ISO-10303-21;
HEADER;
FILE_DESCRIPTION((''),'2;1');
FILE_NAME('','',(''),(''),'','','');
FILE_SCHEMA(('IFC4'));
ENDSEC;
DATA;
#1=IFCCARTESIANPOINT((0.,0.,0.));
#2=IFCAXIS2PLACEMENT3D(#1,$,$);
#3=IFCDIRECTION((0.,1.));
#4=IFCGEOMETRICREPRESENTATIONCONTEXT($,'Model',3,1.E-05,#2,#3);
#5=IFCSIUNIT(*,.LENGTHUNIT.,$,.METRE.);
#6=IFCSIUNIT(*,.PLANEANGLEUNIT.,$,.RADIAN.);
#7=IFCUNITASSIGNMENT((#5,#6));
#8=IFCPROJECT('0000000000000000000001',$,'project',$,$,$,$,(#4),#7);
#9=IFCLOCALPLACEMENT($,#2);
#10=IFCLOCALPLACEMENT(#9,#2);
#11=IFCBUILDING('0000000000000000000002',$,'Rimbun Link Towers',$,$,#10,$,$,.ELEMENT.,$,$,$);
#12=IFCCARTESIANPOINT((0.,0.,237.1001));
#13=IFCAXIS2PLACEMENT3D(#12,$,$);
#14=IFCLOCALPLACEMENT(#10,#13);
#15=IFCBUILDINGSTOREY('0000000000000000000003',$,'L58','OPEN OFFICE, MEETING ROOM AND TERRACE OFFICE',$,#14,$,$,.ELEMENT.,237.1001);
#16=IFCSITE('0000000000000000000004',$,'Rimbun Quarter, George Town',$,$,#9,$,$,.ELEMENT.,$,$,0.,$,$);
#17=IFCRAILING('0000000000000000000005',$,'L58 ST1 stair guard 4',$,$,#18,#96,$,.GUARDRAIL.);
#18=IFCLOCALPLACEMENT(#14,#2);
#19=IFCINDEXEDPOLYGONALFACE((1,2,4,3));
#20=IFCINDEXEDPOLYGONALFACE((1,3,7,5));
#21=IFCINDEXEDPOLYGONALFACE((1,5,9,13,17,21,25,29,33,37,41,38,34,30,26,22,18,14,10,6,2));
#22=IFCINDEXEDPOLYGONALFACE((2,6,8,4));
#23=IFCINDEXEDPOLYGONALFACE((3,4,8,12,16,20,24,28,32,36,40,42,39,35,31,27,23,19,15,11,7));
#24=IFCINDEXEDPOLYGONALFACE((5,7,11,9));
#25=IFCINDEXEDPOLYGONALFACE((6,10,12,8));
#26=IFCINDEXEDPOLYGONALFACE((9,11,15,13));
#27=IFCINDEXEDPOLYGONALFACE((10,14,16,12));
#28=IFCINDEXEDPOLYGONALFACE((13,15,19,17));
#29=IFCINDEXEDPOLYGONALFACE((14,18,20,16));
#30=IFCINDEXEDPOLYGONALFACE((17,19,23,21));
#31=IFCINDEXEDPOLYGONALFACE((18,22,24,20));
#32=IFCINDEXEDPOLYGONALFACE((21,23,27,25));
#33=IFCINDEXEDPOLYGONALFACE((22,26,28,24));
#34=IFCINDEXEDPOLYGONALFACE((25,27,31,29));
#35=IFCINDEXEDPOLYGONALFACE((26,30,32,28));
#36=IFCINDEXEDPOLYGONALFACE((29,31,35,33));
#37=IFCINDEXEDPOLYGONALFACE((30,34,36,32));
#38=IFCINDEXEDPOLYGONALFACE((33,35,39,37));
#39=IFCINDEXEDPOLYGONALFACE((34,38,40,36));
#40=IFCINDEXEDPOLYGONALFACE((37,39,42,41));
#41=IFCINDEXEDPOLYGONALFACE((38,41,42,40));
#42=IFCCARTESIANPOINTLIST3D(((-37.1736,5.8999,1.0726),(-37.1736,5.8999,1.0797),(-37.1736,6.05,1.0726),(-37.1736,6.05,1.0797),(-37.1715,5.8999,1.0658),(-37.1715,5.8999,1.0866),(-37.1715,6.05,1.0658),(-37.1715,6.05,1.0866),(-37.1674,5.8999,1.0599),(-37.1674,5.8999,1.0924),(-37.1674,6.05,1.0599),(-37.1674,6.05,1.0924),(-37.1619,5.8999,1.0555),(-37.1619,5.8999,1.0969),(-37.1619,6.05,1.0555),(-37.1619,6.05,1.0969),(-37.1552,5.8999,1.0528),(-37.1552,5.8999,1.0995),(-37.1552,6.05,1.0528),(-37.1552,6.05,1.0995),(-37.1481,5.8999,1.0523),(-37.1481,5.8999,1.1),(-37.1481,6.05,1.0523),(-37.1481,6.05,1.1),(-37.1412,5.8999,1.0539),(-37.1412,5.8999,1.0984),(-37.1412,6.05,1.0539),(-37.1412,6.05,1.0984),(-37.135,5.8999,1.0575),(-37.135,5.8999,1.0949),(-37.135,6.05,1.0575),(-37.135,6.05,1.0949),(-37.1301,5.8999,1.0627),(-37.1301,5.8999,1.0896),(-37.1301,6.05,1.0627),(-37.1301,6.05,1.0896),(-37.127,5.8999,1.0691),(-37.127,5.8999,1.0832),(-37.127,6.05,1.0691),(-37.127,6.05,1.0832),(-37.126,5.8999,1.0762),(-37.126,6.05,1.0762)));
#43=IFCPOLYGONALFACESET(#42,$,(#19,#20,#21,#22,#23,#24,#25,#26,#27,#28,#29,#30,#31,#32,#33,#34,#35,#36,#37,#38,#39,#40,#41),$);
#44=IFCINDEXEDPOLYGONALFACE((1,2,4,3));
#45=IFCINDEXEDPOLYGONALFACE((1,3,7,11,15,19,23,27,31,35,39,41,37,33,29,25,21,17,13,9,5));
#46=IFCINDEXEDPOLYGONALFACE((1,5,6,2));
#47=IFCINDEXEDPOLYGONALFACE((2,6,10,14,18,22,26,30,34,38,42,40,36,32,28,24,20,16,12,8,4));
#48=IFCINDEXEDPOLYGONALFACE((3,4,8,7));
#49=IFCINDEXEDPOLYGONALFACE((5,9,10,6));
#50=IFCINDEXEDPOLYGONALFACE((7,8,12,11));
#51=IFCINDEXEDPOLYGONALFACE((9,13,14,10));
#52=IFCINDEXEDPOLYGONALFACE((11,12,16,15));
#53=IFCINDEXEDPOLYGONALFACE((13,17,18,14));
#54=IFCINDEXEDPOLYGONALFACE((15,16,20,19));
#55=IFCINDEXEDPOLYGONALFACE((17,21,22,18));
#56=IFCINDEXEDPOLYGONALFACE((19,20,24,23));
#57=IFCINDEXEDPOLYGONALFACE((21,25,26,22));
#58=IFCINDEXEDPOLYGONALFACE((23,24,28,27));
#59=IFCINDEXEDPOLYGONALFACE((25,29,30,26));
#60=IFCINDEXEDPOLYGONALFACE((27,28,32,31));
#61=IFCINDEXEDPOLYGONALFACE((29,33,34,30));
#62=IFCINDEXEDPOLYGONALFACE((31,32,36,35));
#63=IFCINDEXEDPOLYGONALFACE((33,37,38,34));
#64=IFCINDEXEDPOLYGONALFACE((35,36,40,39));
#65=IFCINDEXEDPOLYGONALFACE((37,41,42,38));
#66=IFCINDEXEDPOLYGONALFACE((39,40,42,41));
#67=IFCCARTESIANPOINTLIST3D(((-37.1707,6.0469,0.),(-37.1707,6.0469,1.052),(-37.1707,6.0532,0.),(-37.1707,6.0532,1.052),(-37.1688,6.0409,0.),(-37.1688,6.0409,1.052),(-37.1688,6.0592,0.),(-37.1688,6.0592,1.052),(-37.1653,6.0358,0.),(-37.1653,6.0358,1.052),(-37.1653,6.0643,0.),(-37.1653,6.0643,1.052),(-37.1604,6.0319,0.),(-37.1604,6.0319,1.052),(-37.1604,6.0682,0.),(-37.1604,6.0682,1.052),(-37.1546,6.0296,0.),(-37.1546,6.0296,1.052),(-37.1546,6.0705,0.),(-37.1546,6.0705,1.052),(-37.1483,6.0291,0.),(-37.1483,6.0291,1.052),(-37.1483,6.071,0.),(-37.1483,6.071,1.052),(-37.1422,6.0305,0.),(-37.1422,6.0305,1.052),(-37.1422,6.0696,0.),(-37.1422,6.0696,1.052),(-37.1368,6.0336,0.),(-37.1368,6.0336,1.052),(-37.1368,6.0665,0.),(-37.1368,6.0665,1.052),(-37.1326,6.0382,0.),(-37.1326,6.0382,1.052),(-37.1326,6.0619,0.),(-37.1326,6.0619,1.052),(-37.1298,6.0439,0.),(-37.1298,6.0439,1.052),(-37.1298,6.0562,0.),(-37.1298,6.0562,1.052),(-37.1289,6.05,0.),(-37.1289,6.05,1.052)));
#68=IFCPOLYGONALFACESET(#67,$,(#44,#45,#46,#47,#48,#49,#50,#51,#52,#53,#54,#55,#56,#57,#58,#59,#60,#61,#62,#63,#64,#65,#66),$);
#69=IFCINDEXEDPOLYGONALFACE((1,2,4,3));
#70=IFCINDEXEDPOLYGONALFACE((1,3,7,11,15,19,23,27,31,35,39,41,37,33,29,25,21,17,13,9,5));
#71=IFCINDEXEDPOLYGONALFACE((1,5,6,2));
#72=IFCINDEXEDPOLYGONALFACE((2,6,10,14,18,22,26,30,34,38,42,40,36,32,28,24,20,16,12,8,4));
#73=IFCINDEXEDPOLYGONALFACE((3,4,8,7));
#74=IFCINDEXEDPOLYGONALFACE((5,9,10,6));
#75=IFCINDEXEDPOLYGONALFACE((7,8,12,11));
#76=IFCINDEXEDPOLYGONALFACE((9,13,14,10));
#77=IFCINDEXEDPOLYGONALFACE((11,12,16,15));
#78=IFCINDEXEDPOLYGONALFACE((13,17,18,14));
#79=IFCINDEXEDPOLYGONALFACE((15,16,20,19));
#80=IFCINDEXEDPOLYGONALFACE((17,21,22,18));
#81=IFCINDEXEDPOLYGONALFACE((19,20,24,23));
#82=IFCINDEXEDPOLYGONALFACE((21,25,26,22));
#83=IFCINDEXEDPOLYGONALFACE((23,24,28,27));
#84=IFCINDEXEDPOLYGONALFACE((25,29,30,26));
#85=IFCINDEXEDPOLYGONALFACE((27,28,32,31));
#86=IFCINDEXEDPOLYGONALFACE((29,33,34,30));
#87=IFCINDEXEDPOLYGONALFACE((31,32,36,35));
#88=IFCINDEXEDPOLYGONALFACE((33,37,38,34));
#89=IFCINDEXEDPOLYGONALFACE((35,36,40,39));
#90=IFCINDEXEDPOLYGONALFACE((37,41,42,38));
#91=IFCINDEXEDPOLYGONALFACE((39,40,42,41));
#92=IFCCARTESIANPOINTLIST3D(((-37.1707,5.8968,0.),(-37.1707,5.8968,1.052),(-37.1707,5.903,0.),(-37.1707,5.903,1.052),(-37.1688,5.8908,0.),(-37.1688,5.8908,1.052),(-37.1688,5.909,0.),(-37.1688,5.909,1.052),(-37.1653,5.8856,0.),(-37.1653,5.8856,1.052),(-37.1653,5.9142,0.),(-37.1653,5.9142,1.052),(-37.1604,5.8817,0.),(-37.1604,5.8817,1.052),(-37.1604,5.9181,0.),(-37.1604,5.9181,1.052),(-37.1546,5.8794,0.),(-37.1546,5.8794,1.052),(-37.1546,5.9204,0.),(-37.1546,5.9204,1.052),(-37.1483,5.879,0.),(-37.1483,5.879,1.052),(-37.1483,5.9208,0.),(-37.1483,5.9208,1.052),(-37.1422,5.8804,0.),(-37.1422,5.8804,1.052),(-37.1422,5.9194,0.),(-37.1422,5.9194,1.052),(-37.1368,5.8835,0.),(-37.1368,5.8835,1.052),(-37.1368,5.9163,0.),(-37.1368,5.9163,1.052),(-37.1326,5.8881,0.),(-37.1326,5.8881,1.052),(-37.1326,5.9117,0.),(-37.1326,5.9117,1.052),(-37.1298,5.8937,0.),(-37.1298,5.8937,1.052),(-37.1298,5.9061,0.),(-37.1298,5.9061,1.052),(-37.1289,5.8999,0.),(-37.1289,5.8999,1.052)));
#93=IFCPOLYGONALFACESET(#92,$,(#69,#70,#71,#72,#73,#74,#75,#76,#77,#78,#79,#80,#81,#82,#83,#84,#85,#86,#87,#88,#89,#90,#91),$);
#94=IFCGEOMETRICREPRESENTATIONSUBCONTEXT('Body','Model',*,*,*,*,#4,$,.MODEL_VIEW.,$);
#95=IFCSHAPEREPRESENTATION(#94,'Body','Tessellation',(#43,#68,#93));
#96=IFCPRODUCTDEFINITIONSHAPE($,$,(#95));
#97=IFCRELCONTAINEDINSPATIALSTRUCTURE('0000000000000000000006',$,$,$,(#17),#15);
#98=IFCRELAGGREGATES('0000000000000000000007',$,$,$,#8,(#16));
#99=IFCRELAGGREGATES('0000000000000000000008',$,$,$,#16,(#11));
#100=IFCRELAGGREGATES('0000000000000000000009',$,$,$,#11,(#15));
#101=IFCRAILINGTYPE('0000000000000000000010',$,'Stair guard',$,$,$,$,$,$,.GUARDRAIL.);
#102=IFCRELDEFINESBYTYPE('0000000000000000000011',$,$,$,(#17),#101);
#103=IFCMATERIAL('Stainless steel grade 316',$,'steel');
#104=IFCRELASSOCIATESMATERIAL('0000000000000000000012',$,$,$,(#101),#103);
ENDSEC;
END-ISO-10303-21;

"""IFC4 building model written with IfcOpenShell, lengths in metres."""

from ifc_helpers import new_model, si_unit, direction, frame, origin, origin_2d, place, context, subcontext, project, spatial, circle, extrude, material, type_object, element, save


model = new_model("IFC4")

# Units and contexts
model_context = context("Model", 3, precision=1e-05, world=origin(), true_north=direction((0.0, 1.0)))
body_context = subcontext(model_context, "Body", "Model", "MODEL_VIEW")
ifc_project = project(units=[si_unit("LENGTHUNIT", "METRE"), si_unit("PLANEANGLEUNIT", "RADIAN")], contexts=[model_context])

# Site, building, storey
site_placement = place(None, origin())
site = spatial("IfcSite", under=ifc_project, at=site_placement, Name="Rimbun Quarter, George Town", CompositionType="ELEMENT", RefElevation=0.0)
building_placement = place(site_placement, origin())
building = spatial("IfcBuilding", under=site, at=building_placement, Name="Rimbun Link Towers", CompositionType="ELEMENT")
storey_placement = place(building_placement, frame((0.0, 0.0, 237.1001)))
storey = spatial("IfcBuildingStorey", under=building, at=storey_placement, Name="L58", Description="OPEN OFFICE, MEETING ROOM AND TERRACE OFFICE", CompositionType="ELEMENT", Elevation=237.1001)

# Railing
ifc_material_1 = material(Name="Stainless steel grade 316", Category="steel")
railing_type_1 = type_object("IfcRailingType", Name="Stair guard", PredefinedType="GUARDRAIL", material=ifc_material_1)
railing_1_placement = place(storey_placement, frame((-37.1499, 6.05, 0.0)))
element("IfcRailing", 1, at=railing_1_placement, inside=storey, type_object=railing_type_1, Name="L58 ST1 stair guard 4", PredefinedType="GUARDRAIL", context=body_context, shape_type="SweptSolid", body=[
    extrude(circle(Radius=0.0239, at=origin_2d()), frame((0.0, 0.0, 1.0762), z_axis=(0.0, -1.0, 0.0), x_axis=(1.0, 0.0, 0.0)), (0.0, 0.0, 1.0), 0.1501),
    extrude(circle(Radius=0.021, at=origin_2d()), origin(), (0.0, 0.0, 1.0), 1.052),
    extrude(circle(Radius=0.021, at=origin_2d()), frame((0.0, -0.1501, 0.0)), (0.0, 0.0, 1.0), 1.052),
])

save(model, "model.ifc")
